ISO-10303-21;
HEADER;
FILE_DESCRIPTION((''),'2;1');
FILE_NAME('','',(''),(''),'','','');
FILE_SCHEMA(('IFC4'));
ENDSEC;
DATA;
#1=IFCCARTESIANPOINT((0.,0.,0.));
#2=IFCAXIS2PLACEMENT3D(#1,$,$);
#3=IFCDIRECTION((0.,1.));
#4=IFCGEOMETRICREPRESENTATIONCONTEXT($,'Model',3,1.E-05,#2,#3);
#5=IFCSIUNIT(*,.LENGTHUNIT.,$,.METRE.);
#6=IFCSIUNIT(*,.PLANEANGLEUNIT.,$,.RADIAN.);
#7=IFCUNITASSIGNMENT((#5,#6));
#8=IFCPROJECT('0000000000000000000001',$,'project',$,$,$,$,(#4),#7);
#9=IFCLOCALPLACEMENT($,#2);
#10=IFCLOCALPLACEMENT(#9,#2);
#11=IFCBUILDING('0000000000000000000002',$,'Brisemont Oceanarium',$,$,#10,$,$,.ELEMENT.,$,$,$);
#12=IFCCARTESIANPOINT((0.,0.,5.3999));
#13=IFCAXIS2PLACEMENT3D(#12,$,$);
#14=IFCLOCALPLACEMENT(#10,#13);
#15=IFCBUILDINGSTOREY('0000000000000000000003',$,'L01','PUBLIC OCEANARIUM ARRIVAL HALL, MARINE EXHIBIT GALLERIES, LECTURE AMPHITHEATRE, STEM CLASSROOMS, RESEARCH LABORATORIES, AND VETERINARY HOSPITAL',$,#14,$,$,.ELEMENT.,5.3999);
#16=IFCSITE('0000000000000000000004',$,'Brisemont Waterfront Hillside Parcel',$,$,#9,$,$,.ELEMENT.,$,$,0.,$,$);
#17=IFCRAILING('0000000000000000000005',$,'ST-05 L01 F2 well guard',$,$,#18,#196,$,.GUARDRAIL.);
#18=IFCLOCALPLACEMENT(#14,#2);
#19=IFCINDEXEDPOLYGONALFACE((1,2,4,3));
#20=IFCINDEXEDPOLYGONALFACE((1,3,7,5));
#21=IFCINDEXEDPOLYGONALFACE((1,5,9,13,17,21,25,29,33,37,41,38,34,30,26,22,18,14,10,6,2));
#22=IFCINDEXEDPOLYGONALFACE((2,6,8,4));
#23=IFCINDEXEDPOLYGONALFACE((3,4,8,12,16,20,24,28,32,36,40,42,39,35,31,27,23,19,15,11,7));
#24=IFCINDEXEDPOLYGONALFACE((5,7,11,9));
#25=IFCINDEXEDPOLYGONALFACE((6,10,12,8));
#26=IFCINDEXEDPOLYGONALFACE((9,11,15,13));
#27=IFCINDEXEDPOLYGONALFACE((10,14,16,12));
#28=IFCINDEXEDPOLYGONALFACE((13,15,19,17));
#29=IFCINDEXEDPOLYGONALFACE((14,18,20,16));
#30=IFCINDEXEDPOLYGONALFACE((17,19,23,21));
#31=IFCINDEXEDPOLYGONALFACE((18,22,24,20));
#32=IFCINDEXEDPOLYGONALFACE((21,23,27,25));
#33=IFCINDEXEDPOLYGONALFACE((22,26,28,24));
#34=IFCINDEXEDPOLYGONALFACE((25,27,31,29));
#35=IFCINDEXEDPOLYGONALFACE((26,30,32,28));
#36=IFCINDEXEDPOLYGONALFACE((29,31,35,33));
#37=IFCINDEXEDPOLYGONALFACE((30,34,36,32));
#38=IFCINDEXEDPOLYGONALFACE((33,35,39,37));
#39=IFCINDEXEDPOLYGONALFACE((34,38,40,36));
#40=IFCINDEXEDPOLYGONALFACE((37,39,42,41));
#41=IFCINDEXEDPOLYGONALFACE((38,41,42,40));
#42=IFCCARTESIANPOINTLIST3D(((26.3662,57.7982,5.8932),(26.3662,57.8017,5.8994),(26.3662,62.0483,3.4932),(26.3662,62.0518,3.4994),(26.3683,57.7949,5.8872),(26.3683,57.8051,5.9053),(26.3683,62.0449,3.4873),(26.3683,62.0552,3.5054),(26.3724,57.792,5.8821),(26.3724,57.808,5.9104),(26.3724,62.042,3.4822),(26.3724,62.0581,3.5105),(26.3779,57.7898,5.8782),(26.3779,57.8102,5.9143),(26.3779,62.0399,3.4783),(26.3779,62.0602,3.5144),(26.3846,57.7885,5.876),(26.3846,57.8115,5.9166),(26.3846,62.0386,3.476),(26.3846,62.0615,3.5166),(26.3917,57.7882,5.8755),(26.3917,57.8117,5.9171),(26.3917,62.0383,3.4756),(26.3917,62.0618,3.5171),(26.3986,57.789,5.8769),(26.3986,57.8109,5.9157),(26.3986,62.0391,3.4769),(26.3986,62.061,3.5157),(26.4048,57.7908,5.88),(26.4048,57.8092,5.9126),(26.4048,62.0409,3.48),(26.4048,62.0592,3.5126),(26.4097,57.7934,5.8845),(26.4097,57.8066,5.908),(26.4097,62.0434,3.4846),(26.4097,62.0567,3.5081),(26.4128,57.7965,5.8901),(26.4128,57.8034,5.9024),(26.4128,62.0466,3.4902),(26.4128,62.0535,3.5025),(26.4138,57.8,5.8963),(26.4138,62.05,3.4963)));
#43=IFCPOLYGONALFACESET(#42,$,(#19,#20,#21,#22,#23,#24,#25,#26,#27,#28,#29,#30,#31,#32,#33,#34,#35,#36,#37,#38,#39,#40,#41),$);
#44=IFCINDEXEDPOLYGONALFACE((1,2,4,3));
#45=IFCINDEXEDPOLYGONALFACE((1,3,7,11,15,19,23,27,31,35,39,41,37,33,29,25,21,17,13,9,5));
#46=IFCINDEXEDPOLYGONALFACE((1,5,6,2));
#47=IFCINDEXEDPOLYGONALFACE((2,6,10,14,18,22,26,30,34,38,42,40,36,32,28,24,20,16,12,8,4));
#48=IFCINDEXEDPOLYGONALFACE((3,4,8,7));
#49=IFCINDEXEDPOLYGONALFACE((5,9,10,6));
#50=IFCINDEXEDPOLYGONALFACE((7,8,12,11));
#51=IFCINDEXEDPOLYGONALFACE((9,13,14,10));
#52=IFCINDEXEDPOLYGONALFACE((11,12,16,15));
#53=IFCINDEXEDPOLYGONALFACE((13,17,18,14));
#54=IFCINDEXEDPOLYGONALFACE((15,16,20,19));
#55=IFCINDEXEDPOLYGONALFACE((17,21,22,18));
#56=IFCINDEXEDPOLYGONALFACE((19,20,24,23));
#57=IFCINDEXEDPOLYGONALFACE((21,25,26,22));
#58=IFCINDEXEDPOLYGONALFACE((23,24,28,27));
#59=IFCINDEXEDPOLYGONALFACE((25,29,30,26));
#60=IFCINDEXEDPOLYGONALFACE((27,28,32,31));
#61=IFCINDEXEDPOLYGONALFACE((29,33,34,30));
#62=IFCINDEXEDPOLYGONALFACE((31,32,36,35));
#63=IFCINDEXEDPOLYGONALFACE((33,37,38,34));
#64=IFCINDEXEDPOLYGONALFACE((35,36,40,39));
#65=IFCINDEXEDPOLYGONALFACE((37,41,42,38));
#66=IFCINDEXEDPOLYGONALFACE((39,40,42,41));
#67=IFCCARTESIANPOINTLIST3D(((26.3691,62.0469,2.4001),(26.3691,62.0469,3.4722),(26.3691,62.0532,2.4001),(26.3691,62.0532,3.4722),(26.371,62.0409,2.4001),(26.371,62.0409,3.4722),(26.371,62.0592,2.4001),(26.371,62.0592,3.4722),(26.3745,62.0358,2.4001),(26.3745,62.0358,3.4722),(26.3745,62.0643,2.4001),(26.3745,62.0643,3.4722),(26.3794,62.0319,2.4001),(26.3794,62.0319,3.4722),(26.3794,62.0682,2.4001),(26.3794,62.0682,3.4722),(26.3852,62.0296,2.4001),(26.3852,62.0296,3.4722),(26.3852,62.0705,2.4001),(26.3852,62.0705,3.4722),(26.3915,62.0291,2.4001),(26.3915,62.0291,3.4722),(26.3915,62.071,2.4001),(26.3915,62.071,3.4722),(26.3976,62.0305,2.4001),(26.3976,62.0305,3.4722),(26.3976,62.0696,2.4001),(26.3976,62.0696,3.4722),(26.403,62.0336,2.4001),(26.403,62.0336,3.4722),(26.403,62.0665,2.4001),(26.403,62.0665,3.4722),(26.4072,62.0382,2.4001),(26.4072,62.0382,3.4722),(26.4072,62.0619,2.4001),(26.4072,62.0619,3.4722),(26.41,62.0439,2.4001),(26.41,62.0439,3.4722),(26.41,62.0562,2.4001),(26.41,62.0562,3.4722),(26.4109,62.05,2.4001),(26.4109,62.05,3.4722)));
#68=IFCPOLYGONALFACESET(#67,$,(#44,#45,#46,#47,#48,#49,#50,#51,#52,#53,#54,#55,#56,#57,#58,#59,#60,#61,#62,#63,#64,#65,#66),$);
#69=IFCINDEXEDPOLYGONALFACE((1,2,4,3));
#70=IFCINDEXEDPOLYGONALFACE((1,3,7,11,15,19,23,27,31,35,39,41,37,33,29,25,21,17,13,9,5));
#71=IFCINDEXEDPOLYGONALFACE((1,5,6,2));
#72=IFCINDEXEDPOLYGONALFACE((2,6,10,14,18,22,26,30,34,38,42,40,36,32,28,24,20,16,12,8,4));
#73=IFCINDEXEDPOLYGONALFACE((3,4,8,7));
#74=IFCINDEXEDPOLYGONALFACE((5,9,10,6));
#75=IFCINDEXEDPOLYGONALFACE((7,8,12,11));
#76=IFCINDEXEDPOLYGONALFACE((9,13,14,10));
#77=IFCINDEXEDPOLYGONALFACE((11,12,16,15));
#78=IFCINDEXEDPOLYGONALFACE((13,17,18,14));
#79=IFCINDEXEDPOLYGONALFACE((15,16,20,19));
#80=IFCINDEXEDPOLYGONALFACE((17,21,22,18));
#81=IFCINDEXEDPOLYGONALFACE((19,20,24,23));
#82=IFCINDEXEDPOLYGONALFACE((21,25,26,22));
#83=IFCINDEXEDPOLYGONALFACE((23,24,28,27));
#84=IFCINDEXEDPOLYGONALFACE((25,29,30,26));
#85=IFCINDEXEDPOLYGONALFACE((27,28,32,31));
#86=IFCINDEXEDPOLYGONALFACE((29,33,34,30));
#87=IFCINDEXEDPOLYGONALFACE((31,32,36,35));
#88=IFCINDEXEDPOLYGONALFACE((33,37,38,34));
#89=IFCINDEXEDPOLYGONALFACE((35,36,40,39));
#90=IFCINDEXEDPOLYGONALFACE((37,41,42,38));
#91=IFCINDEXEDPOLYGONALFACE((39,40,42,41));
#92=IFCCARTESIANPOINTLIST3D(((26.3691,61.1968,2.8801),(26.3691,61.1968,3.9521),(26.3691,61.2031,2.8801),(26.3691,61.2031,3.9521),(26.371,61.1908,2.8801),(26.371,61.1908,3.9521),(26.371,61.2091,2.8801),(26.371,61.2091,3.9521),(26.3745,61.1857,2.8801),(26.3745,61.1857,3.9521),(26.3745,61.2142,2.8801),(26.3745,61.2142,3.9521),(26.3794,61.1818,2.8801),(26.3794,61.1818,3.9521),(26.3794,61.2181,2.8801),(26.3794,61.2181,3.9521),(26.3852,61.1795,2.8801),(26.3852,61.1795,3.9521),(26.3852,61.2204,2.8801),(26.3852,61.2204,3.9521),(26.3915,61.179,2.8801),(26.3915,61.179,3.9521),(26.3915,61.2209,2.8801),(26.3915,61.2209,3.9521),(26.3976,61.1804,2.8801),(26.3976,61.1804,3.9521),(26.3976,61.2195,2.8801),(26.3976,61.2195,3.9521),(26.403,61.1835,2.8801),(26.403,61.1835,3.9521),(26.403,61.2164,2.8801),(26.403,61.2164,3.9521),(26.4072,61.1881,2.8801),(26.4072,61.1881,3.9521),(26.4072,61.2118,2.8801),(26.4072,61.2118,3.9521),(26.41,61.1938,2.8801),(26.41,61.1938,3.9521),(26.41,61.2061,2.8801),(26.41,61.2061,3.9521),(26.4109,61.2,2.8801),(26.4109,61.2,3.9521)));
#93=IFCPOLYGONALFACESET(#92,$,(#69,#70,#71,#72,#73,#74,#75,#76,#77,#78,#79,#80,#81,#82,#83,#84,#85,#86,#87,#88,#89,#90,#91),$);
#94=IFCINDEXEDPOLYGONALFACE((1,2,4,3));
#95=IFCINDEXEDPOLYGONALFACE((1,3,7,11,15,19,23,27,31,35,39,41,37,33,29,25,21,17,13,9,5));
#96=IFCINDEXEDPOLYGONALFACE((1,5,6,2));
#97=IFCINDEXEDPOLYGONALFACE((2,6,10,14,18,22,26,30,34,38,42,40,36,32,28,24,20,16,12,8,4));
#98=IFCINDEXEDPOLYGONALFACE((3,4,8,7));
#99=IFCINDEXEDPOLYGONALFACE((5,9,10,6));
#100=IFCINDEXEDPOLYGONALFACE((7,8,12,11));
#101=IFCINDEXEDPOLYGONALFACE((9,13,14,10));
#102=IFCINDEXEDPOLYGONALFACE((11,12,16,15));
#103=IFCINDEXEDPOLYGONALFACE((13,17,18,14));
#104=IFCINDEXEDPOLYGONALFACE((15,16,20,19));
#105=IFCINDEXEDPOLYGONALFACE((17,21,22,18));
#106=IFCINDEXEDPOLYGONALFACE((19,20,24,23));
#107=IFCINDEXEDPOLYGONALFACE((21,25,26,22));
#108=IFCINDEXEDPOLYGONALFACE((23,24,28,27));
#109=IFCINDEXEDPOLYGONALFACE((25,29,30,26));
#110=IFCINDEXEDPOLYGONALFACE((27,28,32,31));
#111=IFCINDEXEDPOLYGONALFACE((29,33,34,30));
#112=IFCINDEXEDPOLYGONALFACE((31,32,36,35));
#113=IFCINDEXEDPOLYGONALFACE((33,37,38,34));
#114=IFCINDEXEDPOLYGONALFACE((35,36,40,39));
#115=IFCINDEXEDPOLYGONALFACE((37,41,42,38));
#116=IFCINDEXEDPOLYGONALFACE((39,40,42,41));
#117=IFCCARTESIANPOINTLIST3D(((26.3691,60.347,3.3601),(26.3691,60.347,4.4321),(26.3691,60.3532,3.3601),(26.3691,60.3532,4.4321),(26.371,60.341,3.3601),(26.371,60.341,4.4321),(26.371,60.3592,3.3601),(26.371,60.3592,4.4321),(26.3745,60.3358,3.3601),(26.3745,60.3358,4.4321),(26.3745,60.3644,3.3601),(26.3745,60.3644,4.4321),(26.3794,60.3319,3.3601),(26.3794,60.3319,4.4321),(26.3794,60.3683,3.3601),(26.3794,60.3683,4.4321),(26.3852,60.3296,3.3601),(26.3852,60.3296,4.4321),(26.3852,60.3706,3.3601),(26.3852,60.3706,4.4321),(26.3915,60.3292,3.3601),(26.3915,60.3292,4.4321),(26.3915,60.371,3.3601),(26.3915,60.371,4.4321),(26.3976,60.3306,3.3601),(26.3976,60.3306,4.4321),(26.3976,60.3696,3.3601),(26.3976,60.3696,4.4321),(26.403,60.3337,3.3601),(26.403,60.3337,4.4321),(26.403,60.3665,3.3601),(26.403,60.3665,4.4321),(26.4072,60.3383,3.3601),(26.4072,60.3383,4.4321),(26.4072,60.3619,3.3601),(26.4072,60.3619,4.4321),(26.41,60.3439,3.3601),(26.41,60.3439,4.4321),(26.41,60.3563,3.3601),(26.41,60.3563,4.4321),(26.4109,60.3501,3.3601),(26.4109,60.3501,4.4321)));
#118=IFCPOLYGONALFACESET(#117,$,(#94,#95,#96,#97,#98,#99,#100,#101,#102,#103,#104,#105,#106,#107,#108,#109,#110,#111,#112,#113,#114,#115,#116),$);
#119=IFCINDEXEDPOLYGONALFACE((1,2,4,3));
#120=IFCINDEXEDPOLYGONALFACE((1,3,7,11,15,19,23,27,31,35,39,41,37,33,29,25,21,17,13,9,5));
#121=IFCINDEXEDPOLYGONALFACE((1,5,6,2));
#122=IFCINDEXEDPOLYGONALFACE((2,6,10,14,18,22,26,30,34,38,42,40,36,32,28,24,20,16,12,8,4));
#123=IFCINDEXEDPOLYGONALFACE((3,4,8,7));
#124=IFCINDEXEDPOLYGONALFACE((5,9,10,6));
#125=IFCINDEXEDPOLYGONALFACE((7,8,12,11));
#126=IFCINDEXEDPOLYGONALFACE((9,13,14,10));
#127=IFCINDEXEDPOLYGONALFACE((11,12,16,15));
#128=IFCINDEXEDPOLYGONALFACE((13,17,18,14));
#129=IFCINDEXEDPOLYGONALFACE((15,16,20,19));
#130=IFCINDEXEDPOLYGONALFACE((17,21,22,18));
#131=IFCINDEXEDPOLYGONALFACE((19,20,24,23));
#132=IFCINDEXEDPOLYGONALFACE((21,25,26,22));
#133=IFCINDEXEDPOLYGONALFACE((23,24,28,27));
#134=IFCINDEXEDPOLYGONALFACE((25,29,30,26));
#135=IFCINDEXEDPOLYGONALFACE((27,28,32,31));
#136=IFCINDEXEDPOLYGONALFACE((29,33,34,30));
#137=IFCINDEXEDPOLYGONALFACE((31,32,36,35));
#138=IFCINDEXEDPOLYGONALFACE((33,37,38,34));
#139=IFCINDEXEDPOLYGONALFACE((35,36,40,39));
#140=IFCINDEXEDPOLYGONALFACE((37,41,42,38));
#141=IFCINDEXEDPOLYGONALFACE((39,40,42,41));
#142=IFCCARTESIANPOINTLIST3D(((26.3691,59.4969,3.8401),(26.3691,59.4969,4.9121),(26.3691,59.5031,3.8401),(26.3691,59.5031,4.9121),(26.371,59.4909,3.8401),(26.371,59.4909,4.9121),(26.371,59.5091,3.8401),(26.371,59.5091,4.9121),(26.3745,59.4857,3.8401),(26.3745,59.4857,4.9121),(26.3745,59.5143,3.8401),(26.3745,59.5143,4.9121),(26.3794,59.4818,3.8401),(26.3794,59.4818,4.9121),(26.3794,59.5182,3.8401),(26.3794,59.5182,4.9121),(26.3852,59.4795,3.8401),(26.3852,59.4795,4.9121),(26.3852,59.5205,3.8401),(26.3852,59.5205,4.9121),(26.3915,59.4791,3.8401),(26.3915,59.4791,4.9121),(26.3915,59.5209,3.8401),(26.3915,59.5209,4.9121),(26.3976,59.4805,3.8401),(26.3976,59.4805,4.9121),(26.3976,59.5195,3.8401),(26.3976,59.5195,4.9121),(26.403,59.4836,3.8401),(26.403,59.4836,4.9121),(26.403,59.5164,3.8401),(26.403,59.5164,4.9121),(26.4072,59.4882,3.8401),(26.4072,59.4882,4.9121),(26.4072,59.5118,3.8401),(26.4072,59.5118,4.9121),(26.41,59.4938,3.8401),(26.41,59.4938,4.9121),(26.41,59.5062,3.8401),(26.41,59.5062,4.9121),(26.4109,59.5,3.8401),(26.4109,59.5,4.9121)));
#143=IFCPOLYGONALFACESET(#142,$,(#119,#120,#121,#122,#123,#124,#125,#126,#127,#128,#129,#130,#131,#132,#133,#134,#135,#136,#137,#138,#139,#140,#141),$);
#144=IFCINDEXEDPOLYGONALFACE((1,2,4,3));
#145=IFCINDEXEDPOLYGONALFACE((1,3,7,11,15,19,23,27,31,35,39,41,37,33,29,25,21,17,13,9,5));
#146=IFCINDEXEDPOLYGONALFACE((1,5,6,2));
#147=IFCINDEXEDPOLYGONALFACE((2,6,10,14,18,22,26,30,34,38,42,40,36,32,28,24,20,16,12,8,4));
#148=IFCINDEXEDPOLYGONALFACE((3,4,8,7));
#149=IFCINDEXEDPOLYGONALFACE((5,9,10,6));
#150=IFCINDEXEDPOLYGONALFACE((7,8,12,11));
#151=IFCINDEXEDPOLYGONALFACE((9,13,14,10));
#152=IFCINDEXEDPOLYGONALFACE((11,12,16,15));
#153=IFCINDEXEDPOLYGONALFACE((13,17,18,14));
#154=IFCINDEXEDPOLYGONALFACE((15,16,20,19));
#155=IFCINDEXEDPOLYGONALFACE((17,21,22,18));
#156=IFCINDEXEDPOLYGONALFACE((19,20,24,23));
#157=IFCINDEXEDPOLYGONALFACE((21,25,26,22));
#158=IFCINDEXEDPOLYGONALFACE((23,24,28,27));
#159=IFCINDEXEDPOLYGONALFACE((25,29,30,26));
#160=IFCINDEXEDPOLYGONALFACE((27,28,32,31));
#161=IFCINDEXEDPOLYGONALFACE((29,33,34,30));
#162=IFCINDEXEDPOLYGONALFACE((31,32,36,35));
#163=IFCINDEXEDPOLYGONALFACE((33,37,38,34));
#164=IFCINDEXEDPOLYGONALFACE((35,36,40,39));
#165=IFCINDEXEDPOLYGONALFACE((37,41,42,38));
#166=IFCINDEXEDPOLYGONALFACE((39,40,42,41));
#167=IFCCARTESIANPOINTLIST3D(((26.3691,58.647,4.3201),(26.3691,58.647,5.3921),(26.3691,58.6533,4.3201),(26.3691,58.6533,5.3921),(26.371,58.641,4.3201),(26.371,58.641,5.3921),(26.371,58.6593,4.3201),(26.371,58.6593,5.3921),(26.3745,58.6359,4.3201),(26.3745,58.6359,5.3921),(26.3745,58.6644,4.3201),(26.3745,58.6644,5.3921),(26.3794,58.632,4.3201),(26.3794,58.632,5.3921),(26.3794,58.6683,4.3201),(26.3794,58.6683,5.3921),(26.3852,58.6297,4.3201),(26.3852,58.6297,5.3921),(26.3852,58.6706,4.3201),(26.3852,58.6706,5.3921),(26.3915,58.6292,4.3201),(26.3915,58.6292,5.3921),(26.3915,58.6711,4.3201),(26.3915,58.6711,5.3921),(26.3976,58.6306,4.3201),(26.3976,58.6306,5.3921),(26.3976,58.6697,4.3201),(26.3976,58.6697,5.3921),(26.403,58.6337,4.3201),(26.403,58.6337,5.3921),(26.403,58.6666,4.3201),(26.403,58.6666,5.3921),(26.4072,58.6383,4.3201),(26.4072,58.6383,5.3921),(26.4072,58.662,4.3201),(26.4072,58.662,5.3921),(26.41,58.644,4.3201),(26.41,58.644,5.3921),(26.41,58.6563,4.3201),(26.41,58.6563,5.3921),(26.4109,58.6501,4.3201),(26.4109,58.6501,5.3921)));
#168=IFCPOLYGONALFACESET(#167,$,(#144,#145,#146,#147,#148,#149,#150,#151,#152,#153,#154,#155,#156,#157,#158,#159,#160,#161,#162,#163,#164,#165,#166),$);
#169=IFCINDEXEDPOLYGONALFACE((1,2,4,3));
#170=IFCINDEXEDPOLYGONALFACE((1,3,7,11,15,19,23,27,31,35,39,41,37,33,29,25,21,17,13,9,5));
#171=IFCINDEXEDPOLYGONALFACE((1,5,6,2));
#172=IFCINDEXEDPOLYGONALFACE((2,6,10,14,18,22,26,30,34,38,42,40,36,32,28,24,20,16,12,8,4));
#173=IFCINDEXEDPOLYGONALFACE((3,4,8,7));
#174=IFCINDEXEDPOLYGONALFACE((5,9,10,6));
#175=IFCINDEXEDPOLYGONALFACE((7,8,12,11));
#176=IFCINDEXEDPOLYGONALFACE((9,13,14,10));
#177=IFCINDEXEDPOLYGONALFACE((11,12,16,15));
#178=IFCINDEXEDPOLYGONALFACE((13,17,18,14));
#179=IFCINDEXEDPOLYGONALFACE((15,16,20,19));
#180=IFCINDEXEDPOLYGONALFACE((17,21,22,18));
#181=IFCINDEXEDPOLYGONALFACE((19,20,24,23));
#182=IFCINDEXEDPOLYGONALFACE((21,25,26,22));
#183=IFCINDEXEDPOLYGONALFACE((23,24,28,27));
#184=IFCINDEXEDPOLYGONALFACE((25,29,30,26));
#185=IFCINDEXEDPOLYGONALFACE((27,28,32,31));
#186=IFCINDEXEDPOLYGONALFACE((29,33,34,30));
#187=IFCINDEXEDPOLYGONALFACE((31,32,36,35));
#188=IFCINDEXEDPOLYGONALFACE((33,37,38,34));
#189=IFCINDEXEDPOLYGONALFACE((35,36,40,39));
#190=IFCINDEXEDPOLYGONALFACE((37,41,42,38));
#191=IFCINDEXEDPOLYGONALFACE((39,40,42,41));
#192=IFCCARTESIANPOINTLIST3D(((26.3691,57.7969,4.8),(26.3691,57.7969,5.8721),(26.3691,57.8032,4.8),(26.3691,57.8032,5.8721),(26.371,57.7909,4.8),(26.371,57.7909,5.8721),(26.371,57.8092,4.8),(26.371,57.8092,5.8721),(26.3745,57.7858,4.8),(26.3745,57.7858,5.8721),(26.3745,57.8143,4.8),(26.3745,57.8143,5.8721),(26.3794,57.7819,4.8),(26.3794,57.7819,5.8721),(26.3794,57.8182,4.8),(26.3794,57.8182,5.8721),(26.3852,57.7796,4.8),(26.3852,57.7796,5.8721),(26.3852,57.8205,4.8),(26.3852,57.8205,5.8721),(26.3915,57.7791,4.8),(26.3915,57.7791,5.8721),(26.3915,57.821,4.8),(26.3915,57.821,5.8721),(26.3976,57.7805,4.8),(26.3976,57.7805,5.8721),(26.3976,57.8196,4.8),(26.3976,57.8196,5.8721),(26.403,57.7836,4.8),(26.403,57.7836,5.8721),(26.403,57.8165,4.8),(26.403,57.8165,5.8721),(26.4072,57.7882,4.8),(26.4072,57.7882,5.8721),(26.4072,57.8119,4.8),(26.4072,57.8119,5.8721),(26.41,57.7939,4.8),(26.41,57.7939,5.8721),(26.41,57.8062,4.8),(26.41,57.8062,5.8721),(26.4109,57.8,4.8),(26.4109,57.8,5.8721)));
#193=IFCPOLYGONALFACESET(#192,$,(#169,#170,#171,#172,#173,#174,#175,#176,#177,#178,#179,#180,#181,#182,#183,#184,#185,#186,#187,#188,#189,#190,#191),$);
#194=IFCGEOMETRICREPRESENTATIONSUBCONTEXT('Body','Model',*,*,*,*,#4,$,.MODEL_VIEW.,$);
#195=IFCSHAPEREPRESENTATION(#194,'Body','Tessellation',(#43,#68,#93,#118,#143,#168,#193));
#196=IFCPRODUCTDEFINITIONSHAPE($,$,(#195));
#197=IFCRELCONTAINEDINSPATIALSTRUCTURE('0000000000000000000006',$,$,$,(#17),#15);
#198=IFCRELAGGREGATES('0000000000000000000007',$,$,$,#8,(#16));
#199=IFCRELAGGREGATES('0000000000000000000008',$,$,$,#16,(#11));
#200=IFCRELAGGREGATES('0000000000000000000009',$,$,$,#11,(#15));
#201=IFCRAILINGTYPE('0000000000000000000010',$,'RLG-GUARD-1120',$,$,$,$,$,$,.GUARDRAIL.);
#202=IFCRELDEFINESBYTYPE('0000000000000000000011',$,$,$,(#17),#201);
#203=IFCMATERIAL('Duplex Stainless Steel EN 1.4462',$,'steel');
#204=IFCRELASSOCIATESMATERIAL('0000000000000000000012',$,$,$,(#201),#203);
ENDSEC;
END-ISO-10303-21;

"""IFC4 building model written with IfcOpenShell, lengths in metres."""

from ifc_helpers import new_model, si_unit, direction, frame, origin, origin_2d, place, context, subcontext, project, spatial, circle, extrude, material, type_object, element, save


model = new_model("IFC4")

# Units and contexts
model_context = context("Model", 3, precision=1e-05, world=origin(), true_north=direction((0.0, 1.0)))
body_context = subcontext(model_context, "Body", "Model", "MODEL_VIEW")
ifc_project = project(units=[si_unit("LENGTHUNIT", "METRE"), si_unit("PLANEANGLEUNIT", "RADIAN")], contexts=[model_context])

# Site, building, storey
site_placement = place(None, origin())
site = spatial("IfcSite", under=ifc_project, at=site_placement, Name="Brisemont Waterfront Hillside Parcel", CompositionType="ELEMENT", RefElevation=0.0)
building_placement = place(site_placement, origin())
building = spatial("IfcBuilding", under=site, at=building_placement, Name="Brisemont Oceanarium", CompositionType="ELEMENT")
storey_placement = place(building_placement, frame((0.0, 0.0, 5.3999)))
storey = spatial("IfcBuildingStorey", under=building, at=storey_placement, Name="L01", Description="PUBLIC OCEANARIUM ARRIVAL HALL, MARINE EXHIBIT GALLERIES, LECTURE AMPHITHEATRE, STEM CLASSROOMS, RESEARCH LABORATORIES, AND VETERINARY HOSPITAL", CompositionType="ELEMENT", Elevation=5.3999)

# Railing
ifc_material_1 = material(Name="Duplex Stainless Steel EN 1.4462", Category="steel")
railing_type_1 = type_object("IfcRailingType", Name="RLG-GUARD-1120", PredefinedType="GUARDRAIL", material=ifc_material_1)
railing_1_placement = place(storey_placement, frame((26.3899, 62.05, 2.4001)))
element("IfcRailing", 1, at=railing_1_placement, inside=storey, type_object=railing_type_1, Name="ST-05 L01 F2 well guard", PredefinedType="GUARDRAIL", context=body_context, shape_type="SweptSolid", body=[
    extrude(circle(Radius=0.0239, at=origin_2d()), frame((0.0, 0.0, 1.0962), z_axis=(0.0, -0.870762, 0.491704), x_axis=(1.0, 0.0, 0.0)), (0.0, 0.0, 1.0), 4.8809),
    extrude(circle(Radius=0.021, at=origin_2d()), origin(), (0.0, 0.0, 1.0), 1.072),
    extrude(circle(Radius=0.021, at=origin_2d()), frame((0.0, -0.8501, 0.48)), (0.0, 0.0, 1.0), 1.072),
    extrude(circle(Radius=0.021, at=origin_2d()), frame((0.0, -1.7, 0.96)), (0.0, 0.0, 1.0), 1.072),
    extrude(circle(Radius=0.021, at=origin_2d()), frame((0.0, -2.55, 1.4399)), (0.0, 0.0, 1.0), 1.072),
    extrude(circle(Radius=0.021, at=origin_2d()), frame((0.0, -3.3999, 1.9199)), (0.0, 0.0, 1.0), 1.072),
    extrude(circle(Radius=0.021, at=origin_2d()), frame((0.0, -4.25, 2.3999)), (0.0, 0.0, 1.0), 1.072),
])

save(model, "model.ifc")
